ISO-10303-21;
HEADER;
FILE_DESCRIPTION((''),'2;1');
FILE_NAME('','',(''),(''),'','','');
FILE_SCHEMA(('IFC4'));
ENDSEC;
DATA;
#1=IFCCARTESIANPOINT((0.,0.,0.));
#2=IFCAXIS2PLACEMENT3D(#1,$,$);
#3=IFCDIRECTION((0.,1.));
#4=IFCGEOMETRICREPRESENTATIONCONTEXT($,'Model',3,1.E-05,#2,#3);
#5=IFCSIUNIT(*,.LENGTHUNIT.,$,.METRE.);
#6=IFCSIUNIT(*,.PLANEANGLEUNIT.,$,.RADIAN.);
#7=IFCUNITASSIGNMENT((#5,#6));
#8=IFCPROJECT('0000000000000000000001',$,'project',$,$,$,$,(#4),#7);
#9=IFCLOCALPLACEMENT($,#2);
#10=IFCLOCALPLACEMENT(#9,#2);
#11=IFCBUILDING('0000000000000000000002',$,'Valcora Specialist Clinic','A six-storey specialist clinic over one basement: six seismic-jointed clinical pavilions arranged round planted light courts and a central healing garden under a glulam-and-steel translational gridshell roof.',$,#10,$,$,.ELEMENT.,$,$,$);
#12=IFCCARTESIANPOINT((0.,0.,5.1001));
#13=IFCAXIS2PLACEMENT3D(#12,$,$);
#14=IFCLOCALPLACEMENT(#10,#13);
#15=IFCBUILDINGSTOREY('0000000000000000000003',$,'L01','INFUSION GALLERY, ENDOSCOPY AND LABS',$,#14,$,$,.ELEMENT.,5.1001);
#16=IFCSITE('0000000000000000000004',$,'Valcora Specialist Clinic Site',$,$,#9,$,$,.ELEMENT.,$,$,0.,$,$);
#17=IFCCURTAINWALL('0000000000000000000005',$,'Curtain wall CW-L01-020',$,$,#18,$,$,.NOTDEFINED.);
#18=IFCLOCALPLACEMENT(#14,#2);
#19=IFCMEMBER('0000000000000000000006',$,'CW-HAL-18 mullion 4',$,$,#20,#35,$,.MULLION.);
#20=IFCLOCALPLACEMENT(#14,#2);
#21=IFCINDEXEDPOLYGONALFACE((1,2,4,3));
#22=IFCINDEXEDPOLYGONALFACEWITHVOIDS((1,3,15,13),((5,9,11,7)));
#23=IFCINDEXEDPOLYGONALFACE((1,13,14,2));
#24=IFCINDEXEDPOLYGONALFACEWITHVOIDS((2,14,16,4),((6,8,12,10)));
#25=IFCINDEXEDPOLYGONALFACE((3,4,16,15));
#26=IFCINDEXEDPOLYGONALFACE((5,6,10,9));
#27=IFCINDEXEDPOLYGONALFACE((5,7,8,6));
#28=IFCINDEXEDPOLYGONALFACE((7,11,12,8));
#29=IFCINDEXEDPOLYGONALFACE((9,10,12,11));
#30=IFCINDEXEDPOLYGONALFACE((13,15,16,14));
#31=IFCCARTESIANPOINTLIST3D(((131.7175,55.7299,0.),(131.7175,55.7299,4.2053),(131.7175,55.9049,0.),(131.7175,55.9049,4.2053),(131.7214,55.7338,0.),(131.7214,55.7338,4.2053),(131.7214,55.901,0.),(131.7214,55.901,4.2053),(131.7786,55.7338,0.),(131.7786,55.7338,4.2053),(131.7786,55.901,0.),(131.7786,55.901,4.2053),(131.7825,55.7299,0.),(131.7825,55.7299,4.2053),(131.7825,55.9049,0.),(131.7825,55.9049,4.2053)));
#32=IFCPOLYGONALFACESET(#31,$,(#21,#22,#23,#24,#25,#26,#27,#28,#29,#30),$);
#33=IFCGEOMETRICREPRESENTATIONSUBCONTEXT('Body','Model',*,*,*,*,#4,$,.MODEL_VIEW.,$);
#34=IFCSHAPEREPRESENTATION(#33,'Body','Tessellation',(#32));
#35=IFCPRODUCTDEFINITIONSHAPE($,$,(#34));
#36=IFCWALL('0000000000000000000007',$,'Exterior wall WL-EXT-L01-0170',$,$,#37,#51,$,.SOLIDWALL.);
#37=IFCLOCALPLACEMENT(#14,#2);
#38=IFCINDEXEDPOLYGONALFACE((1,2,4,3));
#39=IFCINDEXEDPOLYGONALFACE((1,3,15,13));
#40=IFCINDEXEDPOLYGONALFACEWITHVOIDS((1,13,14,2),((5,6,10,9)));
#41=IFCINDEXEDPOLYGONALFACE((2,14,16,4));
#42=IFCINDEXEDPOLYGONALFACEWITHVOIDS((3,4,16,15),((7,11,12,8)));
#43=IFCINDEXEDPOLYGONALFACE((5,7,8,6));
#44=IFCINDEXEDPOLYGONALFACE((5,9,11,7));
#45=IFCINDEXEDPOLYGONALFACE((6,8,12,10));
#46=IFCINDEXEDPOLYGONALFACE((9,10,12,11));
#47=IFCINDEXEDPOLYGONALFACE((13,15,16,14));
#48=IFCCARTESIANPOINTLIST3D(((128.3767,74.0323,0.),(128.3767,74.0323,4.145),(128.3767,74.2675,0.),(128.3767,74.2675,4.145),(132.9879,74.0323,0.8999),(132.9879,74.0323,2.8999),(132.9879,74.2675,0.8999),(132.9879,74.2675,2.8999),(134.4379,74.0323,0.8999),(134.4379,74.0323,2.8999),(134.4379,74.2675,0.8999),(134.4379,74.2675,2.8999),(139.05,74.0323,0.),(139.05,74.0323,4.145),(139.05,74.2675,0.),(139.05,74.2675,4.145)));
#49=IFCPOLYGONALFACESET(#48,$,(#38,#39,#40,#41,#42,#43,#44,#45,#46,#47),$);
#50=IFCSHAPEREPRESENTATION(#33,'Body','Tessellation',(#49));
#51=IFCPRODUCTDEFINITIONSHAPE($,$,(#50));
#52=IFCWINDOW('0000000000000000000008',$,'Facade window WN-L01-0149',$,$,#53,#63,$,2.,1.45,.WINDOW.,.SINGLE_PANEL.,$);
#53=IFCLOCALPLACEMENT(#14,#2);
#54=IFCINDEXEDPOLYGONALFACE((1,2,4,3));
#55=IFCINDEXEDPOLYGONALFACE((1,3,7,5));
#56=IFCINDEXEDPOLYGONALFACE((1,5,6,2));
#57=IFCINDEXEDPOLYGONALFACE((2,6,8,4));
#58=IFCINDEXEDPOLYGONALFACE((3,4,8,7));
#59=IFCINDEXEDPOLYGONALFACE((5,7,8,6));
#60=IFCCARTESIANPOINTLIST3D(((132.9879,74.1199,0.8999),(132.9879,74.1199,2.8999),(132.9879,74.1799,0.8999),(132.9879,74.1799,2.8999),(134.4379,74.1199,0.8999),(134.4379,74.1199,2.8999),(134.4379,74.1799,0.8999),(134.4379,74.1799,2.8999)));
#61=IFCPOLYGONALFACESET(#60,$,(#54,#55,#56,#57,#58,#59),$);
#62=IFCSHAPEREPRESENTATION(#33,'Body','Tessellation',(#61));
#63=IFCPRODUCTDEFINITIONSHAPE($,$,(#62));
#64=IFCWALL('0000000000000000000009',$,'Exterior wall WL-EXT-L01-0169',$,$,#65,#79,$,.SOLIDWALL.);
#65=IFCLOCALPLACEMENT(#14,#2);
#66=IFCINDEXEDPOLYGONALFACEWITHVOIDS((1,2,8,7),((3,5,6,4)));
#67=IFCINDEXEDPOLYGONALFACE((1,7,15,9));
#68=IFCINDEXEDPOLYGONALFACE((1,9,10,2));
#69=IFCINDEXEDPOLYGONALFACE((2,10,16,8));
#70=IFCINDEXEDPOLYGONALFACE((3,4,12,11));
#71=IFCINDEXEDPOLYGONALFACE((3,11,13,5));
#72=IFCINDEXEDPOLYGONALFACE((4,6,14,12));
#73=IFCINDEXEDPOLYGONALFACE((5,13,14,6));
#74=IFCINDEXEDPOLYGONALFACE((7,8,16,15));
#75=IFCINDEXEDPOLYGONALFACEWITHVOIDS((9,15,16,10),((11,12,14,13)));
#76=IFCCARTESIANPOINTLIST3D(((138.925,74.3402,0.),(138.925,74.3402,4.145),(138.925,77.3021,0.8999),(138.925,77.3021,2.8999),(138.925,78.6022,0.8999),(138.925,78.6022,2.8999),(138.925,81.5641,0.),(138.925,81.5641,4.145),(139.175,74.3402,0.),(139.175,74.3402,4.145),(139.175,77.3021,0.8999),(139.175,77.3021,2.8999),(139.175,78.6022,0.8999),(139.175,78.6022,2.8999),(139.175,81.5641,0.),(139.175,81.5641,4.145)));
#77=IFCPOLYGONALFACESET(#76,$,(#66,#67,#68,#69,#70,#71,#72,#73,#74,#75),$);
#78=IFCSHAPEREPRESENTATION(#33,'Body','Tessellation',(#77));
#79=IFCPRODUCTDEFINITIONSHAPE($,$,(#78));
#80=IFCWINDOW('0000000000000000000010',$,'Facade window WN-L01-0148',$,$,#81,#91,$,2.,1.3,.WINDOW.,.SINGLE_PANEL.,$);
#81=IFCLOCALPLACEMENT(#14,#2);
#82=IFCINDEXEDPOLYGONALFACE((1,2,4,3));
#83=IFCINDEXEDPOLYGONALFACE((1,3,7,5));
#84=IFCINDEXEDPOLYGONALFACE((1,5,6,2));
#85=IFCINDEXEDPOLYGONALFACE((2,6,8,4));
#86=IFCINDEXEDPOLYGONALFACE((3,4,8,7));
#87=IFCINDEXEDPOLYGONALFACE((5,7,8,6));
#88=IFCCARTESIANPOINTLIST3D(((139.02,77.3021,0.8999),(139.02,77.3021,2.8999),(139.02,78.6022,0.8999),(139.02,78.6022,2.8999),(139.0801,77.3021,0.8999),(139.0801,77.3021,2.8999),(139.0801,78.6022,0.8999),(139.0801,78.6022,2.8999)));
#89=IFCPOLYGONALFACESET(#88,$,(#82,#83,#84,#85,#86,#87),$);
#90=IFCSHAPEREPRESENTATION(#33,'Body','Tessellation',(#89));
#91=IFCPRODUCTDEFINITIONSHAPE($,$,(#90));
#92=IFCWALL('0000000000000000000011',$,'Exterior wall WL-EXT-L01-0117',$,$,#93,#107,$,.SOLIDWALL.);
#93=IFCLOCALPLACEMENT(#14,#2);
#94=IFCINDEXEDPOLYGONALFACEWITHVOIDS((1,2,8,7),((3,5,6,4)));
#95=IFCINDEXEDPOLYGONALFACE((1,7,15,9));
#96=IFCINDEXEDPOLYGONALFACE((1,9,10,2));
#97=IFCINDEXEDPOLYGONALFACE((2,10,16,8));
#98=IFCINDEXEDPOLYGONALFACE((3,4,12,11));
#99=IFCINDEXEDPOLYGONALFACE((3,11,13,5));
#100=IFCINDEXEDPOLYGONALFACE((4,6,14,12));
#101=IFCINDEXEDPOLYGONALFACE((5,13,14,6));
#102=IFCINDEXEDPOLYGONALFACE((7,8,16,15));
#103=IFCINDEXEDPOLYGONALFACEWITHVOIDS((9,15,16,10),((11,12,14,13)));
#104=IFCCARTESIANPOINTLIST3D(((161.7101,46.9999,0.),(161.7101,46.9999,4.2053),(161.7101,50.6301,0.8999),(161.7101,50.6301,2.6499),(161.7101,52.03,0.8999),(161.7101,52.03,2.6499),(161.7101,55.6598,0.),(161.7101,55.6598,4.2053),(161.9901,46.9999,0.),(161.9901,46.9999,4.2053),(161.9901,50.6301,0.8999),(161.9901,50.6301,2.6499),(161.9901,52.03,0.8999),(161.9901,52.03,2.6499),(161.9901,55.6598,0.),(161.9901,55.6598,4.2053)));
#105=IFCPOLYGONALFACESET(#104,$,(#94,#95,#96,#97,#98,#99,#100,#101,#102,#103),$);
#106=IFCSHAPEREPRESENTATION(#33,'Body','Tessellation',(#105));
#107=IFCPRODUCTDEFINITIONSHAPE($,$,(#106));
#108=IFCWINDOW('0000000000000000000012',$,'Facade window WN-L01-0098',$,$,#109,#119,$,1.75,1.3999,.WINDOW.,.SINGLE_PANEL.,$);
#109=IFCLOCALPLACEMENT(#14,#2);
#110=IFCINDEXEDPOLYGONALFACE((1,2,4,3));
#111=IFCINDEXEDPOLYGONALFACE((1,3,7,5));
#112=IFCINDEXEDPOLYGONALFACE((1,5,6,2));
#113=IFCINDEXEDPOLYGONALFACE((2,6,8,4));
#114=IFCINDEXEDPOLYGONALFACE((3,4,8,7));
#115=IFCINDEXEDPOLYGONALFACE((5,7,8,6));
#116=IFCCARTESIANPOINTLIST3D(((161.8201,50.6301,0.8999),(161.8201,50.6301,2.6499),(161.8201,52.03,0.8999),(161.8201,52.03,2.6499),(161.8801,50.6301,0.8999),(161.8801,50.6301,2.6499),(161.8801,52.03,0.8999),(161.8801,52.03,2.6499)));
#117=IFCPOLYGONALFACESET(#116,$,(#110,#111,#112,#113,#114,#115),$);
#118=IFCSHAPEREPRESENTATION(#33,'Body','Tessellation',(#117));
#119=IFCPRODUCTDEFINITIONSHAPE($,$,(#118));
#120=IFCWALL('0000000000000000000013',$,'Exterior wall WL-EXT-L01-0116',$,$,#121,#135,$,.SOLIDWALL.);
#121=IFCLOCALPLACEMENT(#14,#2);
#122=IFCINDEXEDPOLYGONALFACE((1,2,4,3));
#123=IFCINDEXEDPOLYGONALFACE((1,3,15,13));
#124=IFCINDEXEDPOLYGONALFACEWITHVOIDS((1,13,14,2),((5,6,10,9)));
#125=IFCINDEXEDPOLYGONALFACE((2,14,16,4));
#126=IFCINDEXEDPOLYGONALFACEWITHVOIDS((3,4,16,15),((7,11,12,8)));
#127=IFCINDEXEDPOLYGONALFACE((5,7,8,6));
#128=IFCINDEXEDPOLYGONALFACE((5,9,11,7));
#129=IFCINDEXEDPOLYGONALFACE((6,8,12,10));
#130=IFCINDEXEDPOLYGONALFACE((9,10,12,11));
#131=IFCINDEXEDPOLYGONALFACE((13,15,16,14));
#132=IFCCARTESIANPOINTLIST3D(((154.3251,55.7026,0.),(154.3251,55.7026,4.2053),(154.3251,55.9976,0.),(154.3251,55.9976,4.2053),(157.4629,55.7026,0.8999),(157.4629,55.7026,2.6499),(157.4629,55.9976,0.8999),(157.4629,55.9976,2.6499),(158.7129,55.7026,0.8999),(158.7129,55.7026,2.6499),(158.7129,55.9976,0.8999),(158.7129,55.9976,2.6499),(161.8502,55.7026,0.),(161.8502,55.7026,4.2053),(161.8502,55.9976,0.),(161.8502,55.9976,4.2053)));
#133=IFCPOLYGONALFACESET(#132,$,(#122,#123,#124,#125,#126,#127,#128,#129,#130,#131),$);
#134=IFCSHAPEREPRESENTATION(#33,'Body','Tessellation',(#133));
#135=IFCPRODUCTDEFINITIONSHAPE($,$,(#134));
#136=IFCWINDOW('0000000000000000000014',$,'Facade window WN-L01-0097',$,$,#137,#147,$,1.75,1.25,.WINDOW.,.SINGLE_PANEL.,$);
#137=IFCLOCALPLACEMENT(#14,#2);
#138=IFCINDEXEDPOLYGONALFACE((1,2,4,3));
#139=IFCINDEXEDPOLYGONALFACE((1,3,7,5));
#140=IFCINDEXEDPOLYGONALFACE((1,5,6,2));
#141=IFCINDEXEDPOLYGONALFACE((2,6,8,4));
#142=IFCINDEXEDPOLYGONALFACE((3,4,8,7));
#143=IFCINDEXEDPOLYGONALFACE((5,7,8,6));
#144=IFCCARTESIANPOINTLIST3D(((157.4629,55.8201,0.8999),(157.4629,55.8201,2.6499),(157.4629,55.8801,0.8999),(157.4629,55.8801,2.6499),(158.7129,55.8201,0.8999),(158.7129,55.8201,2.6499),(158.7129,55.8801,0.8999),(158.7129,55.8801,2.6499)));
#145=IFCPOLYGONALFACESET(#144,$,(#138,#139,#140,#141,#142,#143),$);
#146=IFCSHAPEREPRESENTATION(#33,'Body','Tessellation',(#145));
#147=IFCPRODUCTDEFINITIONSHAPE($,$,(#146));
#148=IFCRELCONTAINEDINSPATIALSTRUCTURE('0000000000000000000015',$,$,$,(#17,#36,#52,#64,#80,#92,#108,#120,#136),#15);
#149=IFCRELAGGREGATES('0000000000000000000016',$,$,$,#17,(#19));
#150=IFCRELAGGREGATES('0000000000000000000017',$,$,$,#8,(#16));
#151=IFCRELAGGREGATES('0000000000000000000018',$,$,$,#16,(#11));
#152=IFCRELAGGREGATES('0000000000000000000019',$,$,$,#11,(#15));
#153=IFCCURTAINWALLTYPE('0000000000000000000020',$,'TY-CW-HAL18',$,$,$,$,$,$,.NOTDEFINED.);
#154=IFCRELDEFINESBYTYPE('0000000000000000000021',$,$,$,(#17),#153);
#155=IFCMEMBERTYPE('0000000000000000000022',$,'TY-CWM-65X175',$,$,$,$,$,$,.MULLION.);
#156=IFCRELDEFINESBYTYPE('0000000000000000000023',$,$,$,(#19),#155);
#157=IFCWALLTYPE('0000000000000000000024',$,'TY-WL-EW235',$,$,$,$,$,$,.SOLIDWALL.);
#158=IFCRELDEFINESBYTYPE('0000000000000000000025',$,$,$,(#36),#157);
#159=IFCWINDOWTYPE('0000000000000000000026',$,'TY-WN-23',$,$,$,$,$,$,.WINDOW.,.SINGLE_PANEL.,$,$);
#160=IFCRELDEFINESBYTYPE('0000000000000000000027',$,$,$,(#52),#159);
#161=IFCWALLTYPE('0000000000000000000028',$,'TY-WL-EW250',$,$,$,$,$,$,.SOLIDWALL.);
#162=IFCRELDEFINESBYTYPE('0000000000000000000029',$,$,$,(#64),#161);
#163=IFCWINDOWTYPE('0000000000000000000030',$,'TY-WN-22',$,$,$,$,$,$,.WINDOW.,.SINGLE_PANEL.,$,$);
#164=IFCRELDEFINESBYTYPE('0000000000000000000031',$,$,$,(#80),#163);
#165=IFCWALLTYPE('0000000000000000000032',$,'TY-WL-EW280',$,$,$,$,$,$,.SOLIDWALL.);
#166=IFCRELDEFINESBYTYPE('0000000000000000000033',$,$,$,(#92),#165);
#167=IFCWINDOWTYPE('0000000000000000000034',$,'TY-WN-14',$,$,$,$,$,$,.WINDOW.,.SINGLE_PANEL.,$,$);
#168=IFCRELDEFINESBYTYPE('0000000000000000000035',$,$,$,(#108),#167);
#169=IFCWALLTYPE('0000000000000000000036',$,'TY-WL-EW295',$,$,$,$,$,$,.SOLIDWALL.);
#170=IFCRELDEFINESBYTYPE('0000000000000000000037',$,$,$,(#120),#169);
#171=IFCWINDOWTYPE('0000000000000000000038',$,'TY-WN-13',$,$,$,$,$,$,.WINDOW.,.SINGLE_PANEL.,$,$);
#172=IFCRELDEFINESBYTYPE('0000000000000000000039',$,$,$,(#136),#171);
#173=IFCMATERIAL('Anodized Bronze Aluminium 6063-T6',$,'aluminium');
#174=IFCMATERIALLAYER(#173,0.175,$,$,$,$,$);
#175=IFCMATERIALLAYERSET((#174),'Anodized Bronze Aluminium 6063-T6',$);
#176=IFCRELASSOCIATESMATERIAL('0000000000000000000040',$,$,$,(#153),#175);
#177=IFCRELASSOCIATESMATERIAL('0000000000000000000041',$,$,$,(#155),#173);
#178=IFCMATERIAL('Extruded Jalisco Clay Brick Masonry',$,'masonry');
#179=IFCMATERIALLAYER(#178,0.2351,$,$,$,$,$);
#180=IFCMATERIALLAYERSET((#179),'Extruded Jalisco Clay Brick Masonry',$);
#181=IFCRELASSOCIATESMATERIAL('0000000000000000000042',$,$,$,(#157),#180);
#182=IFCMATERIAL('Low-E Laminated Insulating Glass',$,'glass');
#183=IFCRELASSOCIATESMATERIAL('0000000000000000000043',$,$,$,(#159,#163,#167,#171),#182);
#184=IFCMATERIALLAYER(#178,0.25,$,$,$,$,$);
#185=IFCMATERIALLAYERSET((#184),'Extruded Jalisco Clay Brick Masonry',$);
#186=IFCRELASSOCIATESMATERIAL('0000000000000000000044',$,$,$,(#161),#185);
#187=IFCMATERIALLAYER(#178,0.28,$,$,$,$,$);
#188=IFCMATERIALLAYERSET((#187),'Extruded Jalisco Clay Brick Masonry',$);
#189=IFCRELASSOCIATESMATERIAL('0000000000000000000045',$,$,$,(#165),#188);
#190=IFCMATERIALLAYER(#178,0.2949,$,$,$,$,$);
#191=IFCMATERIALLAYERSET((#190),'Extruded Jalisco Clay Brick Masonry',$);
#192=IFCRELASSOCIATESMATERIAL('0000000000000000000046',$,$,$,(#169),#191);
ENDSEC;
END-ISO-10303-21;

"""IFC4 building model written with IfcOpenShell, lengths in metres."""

from ifc_helpers import new_model, si_unit, direction, frame, frame_2d, origin, origin_2d, place, context, subcontext, project, spatial, rectangle, hollow_rectangle, extrude, material, layer, layer_set, material_profile, profile_set, type_object, element, fill, aggregate, save


model = new_model("IFC4")

# Units and contexts
model_context = context("Model", 3, precision=1e-05, world=origin(), true_north=direction((0.0, 1.0)))
body_context = subcontext(model_context, "Body", "Model", "MODEL_VIEW")
ifc_project = project(units=[si_unit("LENGTHUNIT", "METRE"), si_unit("PLANEANGLEUNIT", "RADIAN")], contexts=[model_context])

# Site, building, storey
site_placement = place(None, origin())
site = spatial("IfcSite", under=ifc_project, at=site_placement, Name="Valcora Specialist Clinic Site", CompositionType="ELEMENT", RefElevation=0.0)
building_placement = place(site_placement, origin())
building = spatial("IfcBuilding", under=site, at=building_placement, Name="Valcora Specialist Clinic", Description="A six-storey specialist clinic over one basement: six seismic-jointed clinical pavilions arranged round planted light courts and a central healing garden under a glulam-and-steel translational gridshell roof.", CompositionType="ELEMENT")
storey_placement = place(building_placement, frame((0.0, 0.0, 5.1001)))
storey = spatial("IfcBuildingStorey", under=building, at=storey_placement, Name="L01", Description="INFUSION GALLERY, ENDOSCOPY AND LABS", CompositionType="ELEMENT", Elevation=5.1001)

# Curtain wall, member
ifc_material_1 = material(Name="Anodized Bronze Aluminium 6063-T6", Category="aluminium")
ifc_layer_1 = layer(ifc_material_1, 0.175)
ifc_layer_set_1 = layer_set([ifc_layer_1], Name="Anodized Bronze Aluminium 6063-T6")
curtain_wall_type = type_object("IfcCurtainWallType", Name="TY-CW-HAL18", PredefinedType="NOTDEFINED", material=ifc_layer_set_1)
curtain_wall_placement = place(storey_placement, origin())
curtain_wall = element("IfcCurtainWall", 1, at=curtain_wall_placement, inside=storey, type_object=curtain_wall_type, Name="Curtain wall CW-L01-020", PredefinedType="NOTDEFINED")
ifc_material_profile_1 = material_profile(ifc_material_1, hollow_rectangle(XDim=0.0649, YDim=0.175, WallThickness=0.0039, at=origin_2d()), Name="AL-MUL-65X175")
ifc_profile_set_1 = profile_set([ifc_material_profile_1], Name="Anodized Bronze Aluminium 6063-T6")
member_type = type_object("IfcMemberType", Name="TY-CWM-65X175", PredefinedType="MULLION", material=ifc_profile_set_1)
member_placement = place(storey_placement, frame((131.75, 55.8174, 0.0), z_axis=(0.0, 0.0, 1.0), x_axis=(-1.0, 0.0, 0.0)))
member = element("IfcMember", 2, at=member_placement, type_object=member_type, Name="CW-HAL-18 mullion 4", PredefinedType="MULLION", context=body_context, shape_type="SweptSolid", body=[
    extrude(hollow_rectangle(XDim=0.0649, YDim=0.175, WallThickness=0.0039, at=origin_2d()), origin(), (0.0, 0.0, 1.0), 4.2053),
])
aggregate(curtain_wall, [member])

# Walls, openings, windows
ifc_material_2 = material(Name="Extruded Jalisco Clay Brick Masonry", Category="masonry")
ifc_layer_2 = layer(ifc_material_2, 0.2351)
ifc_layer_set_2 = layer_set([ifc_layer_2], Name="Extruded Jalisco Clay Brick Masonry")
wall_type_1 = type_object("IfcWallType", Name="TY-WL-EW235", PredefinedType="SOLIDWALL", material=ifc_layer_set_2)
wall_1_placement = place(storey_placement, frame((139.05, 74.1499, 0.0), z_axis=(0.0, 0.0, 1.0), x_axis=(-1.0, 0.0, 0.0)))
wall_1 = element("IfcWall", 3, at=wall_1_placement, inside=storey, type_object=wall_type_1, Name="Exterior wall WL-EXT-L01-0170", PredefinedType="SOLIDWALL", context=body_context, shape_type="SweptSolid", body=[
    extrude(rectangle(XDim=10.6733, YDim=0.2351, at=frame_2d((5.3367, 0.0))), origin(), (0.0, 0.0, 1.0), 4.145),
])
opening_1_placement = place(wall_1_placement, frame((4.6121, 0.0, 0.8999)))
opening_1 = element("IfcOpeningElement", 4, at=opening_1_placement, cuts=wall_1, PredefinedType="OPENING", context=body_context, shape_type="SweptSolid", body=[
    extrude(rectangle(XDim=1.45, YDim=2.0, at=frame_2d((0.7251, 1.0))), frame((0.0, 0.1274, 0.0), z_axis=(0.0, -1.0, 0.0), x_axis=(1.0, 0.0, 0.0)), (0.0, 0.0, 1.0), 0.2551),
])
ifc_material_3 = material(Name="Low-E Laminated Insulating Glass", Category="glass")
window_type_1 = type_object("IfcWindowType", Name="TY-WN-23", PartitioningType="SINGLE_PANEL", PredefinedType="WINDOW", material=ifc_material_3)
window_1_placement = place(opening_1_placement, origin())
window_1 = element("IfcWindow", 5, at=window_1_placement, inside=storey, type_object=window_type_1, Name="Facade window WN-L01-0149", OverallHeight=2.0, OverallWidth=1.45, PartitioningType="SINGLE_PANEL", PredefinedType="WINDOW", context=body_context, shape_type="SweptSolid", body=[
    extrude(rectangle(XDim=1.45, YDim=2.0, at=frame_2d((0.7251, 1.0))), frame((0.0, 0.03, 0.0), z_axis=(0.0, -1.0, 0.0), x_axis=(1.0, 0.0, 0.0)), (0.0, 0.0, 1.0), 0.0601),
])
fill(opening_1, window_1)
ifc_layer_3 = layer(ifc_material_2, 0.25)
ifc_layer_set_3 = layer_set([ifc_layer_3], Name="Extruded Jalisco Clay Brick Masonry")
wall_type_2 = type_object("IfcWallType", Name="TY-WL-EW250", PredefinedType="SOLIDWALL", material=ifc_layer_set_3)
wall_2_placement = place(storey_placement, frame((139.05, 81.564, 0.0), z_axis=(0.0, 0.0, 1.0), x_axis=(0.0, -1.0, 0.0)))
wall_2 = element("IfcWall", 6, at=wall_2_placement, inside=storey, type_object=wall_type_2, Name="Exterior wall WL-EXT-L01-0169", PredefinedType="SOLIDWALL", context=body_context, shape_type="SweptSolid", body=[
    extrude(rectangle(XDim=7.2239, YDim=0.25, at=frame_2d((3.6118, 0.0))), origin(), (0.0, 0.0, 1.0), 4.145),
])
opening_2_placement = place(wall_2_placement, frame((2.9619, 0.0, 0.8999)))
opening_2 = element("IfcOpeningElement", 7, at=opening_2_placement, cuts=wall_2, PredefinedType="OPENING", context=body_context, shape_type="SweptSolid", body=[
    extrude(rectangle(XDim=1.3, YDim=2.0, at=frame_2d((0.6499, 1.0))), frame((0.0, 0.135, 0.0), z_axis=(0.0, -1.0, 0.0), x_axis=(1.0, 0.0, 0.0)), (0.0, 0.0, 1.0), 0.27),
])
window_type_2 = type_object("IfcWindowType", Name="TY-WN-22", PartitioningType="SINGLE_PANEL", PredefinedType="WINDOW", material=ifc_material_3)
window_2_placement = place(opening_2_placement, origin())
window_2 = element("IfcWindow", 8, at=window_2_placement, inside=storey, type_object=window_type_2, Name="Facade window WN-L01-0148", OverallHeight=2.0, OverallWidth=1.3, PartitioningType="SINGLE_PANEL", PredefinedType="WINDOW", context=body_context, shape_type="SweptSolid", body=[
    extrude(rectangle(XDim=1.3, YDim=2.0, at=frame_2d((0.6499, 1.0))), frame((0.0, 0.03, 0.0), z_axis=(0.0, -1.0, 0.0), x_axis=(1.0, 0.0, 0.0)), (0.0, 0.0, 1.0), 0.0601),
])
fill(opening_2, window_2)
ifc_layer_4 = layer(ifc_material_2, 0.28)
ifc_layer_set_4 = layer_set([ifc_layer_4], Name="Extruded Jalisco Clay Brick Masonry")
wall_type_3 = type_object("IfcWallType", Name="TY-WL-EW280", PredefinedType="SOLIDWALL", material=ifc_layer_set_4)
wall_3_placement = place(storey_placement, frame((161.8501, 55.6599, 0.0), z_axis=(0.0, 0.0, 1.0), x_axis=(0.0, -1.0, 0.0)))
wall_3 = element("IfcWall", 9, at=wall_3_placement, inside=storey, type_object=wall_type_3, Name="Exterior wall WL-EXT-L01-0117", PredefinedType="SOLIDWALL", context=body_context, shape_type="SweptSolid", body=[
    extrude(rectangle(XDim=8.6599, YDim=0.28, at=frame_2d((4.3301, 0.0))), origin(), (0.0, 0.0, 1.0), 4.2053),
])
opening_3_placement = place(wall_3_placement, frame((3.6299, 0.0, 0.8999)))
opening_3 = element("IfcOpeningElement", 10, at=opening_3_placement, cuts=wall_3, PredefinedType="OPENING", context=body_context, shape_type="SweptSolid", body=[
    extrude(rectangle(XDim=1.3999, YDim=1.75, at=frame_2d((0.7, 0.875))), frame((0.0, 0.1499, 0.0), z_axis=(0.0, -1.0, 0.0), x_axis=(1.0, 0.0, 0.0)), (0.0, 0.0, 1.0), 0.3),
])
window_type_3 = type_object("IfcWindowType", Name="TY-WN-14", PartitioningType="SINGLE_PANEL", PredefinedType="WINDOW", material=ifc_material_3)
window_3_placement = place(opening_3_placement, origin())
window_3 = element("IfcWindow", 11, at=window_3_placement, inside=storey, type_object=window_type_3, Name="Facade window WN-L01-0098", OverallHeight=1.75, OverallWidth=1.3999, PartitioningType="SINGLE_PANEL", PredefinedType="WINDOW", context=body_context, shape_type="SweptSolid", body=[
    extrude(rectangle(XDim=1.3999, YDim=1.75, at=frame_2d((0.7, 0.875))), frame((0.0, 0.03, 0.0), z_axis=(0.0, -1.0, 0.0), x_axis=(1.0, 0.0, 0.0)), (0.0, 0.0, 1.0), 0.0601),
])
fill(opening_3, window_3)
ifc_layer_5 = layer(ifc_material_2, 0.2949)
ifc_layer_set_5 = layer_set([ifc_layer_5], Name="Extruded Jalisco Clay Brick Masonry")
wall_type_4 = type_object("IfcWallType", Name="TY-WL-EW295", PredefinedType="SOLIDWALL", material=ifc_layer_set_5)
wall_4_placement = place(storey_placement, frame((154.325, 55.8501, 0.0), z_axis=(0.0, 0.0, 1.0), x_axis=(1.0, 0.0, 0.0)))
wall_4 = element("IfcWall", 12, at=wall_4_placement, inside=storey, type_object=wall_type_4, Name="Exterior wall WL-EXT-L01-0116", PredefinedType="SOLIDWALL", context=body_context, shape_type="SweptSolid", body=[
    extrude(rectangle(XDim=7.5251, YDim=0.2949, at=frame_2d((3.7627, 0.0))), origin(), (0.0, 0.0, 1.0), 4.2053),
])
opening_4_placement = place(wall_4_placement, frame((3.1379, 0.0, 0.8999)))
opening_4 = element("IfcOpeningElement", 13, at=opening_4_placement, cuts=wall_4, PredefinedType="OPENING", context=body_context, shape_type="SweptSolid", body=[
    extrude(rectangle(XDim=1.25, YDim=1.75, at=frame_2d((0.625, 0.875))), frame((0.0, 0.1575, 0.0), z_axis=(0.0, -1.0, 0.0), x_axis=(1.0, 0.0, 0.0)), (0.0, 0.0, 1.0), 0.3149),
])
window_type_4 = type_object("IfcWindowType", Name="TY-WN-13", PartitioningType="SINGLE_PANEL", PredefinedType="WINDOW", material=ifc_material_3)
window_4_placement = place(opening_4_placement, origin())
window_4 = element("IfcWindow", 14, at=window_4_placement, inside=storey, type_object=window_type_4, Name="Facade window WN-L01-0097", OverallHeight=1.75, OverallWidth=1.25, PartitioningType="SINGLE_PANEL", PredefinedType="WINDOW", context=body_context, shape_type="SweptSolid", body=[
    extrude(rectangle(XDim=1.25, YDim=1.75, at=frame_2d((0.625, 0.875))), frame((0.0, 0.03, 0.0), z_axis=(0.0, -1.0, 0.0), x_axis=(1.0, 0.0, 0.0)), (0.0, 0.0, 1.0), 0.0601),
])
fill(opening_4, window_4)

save(model, "model.ifc")
